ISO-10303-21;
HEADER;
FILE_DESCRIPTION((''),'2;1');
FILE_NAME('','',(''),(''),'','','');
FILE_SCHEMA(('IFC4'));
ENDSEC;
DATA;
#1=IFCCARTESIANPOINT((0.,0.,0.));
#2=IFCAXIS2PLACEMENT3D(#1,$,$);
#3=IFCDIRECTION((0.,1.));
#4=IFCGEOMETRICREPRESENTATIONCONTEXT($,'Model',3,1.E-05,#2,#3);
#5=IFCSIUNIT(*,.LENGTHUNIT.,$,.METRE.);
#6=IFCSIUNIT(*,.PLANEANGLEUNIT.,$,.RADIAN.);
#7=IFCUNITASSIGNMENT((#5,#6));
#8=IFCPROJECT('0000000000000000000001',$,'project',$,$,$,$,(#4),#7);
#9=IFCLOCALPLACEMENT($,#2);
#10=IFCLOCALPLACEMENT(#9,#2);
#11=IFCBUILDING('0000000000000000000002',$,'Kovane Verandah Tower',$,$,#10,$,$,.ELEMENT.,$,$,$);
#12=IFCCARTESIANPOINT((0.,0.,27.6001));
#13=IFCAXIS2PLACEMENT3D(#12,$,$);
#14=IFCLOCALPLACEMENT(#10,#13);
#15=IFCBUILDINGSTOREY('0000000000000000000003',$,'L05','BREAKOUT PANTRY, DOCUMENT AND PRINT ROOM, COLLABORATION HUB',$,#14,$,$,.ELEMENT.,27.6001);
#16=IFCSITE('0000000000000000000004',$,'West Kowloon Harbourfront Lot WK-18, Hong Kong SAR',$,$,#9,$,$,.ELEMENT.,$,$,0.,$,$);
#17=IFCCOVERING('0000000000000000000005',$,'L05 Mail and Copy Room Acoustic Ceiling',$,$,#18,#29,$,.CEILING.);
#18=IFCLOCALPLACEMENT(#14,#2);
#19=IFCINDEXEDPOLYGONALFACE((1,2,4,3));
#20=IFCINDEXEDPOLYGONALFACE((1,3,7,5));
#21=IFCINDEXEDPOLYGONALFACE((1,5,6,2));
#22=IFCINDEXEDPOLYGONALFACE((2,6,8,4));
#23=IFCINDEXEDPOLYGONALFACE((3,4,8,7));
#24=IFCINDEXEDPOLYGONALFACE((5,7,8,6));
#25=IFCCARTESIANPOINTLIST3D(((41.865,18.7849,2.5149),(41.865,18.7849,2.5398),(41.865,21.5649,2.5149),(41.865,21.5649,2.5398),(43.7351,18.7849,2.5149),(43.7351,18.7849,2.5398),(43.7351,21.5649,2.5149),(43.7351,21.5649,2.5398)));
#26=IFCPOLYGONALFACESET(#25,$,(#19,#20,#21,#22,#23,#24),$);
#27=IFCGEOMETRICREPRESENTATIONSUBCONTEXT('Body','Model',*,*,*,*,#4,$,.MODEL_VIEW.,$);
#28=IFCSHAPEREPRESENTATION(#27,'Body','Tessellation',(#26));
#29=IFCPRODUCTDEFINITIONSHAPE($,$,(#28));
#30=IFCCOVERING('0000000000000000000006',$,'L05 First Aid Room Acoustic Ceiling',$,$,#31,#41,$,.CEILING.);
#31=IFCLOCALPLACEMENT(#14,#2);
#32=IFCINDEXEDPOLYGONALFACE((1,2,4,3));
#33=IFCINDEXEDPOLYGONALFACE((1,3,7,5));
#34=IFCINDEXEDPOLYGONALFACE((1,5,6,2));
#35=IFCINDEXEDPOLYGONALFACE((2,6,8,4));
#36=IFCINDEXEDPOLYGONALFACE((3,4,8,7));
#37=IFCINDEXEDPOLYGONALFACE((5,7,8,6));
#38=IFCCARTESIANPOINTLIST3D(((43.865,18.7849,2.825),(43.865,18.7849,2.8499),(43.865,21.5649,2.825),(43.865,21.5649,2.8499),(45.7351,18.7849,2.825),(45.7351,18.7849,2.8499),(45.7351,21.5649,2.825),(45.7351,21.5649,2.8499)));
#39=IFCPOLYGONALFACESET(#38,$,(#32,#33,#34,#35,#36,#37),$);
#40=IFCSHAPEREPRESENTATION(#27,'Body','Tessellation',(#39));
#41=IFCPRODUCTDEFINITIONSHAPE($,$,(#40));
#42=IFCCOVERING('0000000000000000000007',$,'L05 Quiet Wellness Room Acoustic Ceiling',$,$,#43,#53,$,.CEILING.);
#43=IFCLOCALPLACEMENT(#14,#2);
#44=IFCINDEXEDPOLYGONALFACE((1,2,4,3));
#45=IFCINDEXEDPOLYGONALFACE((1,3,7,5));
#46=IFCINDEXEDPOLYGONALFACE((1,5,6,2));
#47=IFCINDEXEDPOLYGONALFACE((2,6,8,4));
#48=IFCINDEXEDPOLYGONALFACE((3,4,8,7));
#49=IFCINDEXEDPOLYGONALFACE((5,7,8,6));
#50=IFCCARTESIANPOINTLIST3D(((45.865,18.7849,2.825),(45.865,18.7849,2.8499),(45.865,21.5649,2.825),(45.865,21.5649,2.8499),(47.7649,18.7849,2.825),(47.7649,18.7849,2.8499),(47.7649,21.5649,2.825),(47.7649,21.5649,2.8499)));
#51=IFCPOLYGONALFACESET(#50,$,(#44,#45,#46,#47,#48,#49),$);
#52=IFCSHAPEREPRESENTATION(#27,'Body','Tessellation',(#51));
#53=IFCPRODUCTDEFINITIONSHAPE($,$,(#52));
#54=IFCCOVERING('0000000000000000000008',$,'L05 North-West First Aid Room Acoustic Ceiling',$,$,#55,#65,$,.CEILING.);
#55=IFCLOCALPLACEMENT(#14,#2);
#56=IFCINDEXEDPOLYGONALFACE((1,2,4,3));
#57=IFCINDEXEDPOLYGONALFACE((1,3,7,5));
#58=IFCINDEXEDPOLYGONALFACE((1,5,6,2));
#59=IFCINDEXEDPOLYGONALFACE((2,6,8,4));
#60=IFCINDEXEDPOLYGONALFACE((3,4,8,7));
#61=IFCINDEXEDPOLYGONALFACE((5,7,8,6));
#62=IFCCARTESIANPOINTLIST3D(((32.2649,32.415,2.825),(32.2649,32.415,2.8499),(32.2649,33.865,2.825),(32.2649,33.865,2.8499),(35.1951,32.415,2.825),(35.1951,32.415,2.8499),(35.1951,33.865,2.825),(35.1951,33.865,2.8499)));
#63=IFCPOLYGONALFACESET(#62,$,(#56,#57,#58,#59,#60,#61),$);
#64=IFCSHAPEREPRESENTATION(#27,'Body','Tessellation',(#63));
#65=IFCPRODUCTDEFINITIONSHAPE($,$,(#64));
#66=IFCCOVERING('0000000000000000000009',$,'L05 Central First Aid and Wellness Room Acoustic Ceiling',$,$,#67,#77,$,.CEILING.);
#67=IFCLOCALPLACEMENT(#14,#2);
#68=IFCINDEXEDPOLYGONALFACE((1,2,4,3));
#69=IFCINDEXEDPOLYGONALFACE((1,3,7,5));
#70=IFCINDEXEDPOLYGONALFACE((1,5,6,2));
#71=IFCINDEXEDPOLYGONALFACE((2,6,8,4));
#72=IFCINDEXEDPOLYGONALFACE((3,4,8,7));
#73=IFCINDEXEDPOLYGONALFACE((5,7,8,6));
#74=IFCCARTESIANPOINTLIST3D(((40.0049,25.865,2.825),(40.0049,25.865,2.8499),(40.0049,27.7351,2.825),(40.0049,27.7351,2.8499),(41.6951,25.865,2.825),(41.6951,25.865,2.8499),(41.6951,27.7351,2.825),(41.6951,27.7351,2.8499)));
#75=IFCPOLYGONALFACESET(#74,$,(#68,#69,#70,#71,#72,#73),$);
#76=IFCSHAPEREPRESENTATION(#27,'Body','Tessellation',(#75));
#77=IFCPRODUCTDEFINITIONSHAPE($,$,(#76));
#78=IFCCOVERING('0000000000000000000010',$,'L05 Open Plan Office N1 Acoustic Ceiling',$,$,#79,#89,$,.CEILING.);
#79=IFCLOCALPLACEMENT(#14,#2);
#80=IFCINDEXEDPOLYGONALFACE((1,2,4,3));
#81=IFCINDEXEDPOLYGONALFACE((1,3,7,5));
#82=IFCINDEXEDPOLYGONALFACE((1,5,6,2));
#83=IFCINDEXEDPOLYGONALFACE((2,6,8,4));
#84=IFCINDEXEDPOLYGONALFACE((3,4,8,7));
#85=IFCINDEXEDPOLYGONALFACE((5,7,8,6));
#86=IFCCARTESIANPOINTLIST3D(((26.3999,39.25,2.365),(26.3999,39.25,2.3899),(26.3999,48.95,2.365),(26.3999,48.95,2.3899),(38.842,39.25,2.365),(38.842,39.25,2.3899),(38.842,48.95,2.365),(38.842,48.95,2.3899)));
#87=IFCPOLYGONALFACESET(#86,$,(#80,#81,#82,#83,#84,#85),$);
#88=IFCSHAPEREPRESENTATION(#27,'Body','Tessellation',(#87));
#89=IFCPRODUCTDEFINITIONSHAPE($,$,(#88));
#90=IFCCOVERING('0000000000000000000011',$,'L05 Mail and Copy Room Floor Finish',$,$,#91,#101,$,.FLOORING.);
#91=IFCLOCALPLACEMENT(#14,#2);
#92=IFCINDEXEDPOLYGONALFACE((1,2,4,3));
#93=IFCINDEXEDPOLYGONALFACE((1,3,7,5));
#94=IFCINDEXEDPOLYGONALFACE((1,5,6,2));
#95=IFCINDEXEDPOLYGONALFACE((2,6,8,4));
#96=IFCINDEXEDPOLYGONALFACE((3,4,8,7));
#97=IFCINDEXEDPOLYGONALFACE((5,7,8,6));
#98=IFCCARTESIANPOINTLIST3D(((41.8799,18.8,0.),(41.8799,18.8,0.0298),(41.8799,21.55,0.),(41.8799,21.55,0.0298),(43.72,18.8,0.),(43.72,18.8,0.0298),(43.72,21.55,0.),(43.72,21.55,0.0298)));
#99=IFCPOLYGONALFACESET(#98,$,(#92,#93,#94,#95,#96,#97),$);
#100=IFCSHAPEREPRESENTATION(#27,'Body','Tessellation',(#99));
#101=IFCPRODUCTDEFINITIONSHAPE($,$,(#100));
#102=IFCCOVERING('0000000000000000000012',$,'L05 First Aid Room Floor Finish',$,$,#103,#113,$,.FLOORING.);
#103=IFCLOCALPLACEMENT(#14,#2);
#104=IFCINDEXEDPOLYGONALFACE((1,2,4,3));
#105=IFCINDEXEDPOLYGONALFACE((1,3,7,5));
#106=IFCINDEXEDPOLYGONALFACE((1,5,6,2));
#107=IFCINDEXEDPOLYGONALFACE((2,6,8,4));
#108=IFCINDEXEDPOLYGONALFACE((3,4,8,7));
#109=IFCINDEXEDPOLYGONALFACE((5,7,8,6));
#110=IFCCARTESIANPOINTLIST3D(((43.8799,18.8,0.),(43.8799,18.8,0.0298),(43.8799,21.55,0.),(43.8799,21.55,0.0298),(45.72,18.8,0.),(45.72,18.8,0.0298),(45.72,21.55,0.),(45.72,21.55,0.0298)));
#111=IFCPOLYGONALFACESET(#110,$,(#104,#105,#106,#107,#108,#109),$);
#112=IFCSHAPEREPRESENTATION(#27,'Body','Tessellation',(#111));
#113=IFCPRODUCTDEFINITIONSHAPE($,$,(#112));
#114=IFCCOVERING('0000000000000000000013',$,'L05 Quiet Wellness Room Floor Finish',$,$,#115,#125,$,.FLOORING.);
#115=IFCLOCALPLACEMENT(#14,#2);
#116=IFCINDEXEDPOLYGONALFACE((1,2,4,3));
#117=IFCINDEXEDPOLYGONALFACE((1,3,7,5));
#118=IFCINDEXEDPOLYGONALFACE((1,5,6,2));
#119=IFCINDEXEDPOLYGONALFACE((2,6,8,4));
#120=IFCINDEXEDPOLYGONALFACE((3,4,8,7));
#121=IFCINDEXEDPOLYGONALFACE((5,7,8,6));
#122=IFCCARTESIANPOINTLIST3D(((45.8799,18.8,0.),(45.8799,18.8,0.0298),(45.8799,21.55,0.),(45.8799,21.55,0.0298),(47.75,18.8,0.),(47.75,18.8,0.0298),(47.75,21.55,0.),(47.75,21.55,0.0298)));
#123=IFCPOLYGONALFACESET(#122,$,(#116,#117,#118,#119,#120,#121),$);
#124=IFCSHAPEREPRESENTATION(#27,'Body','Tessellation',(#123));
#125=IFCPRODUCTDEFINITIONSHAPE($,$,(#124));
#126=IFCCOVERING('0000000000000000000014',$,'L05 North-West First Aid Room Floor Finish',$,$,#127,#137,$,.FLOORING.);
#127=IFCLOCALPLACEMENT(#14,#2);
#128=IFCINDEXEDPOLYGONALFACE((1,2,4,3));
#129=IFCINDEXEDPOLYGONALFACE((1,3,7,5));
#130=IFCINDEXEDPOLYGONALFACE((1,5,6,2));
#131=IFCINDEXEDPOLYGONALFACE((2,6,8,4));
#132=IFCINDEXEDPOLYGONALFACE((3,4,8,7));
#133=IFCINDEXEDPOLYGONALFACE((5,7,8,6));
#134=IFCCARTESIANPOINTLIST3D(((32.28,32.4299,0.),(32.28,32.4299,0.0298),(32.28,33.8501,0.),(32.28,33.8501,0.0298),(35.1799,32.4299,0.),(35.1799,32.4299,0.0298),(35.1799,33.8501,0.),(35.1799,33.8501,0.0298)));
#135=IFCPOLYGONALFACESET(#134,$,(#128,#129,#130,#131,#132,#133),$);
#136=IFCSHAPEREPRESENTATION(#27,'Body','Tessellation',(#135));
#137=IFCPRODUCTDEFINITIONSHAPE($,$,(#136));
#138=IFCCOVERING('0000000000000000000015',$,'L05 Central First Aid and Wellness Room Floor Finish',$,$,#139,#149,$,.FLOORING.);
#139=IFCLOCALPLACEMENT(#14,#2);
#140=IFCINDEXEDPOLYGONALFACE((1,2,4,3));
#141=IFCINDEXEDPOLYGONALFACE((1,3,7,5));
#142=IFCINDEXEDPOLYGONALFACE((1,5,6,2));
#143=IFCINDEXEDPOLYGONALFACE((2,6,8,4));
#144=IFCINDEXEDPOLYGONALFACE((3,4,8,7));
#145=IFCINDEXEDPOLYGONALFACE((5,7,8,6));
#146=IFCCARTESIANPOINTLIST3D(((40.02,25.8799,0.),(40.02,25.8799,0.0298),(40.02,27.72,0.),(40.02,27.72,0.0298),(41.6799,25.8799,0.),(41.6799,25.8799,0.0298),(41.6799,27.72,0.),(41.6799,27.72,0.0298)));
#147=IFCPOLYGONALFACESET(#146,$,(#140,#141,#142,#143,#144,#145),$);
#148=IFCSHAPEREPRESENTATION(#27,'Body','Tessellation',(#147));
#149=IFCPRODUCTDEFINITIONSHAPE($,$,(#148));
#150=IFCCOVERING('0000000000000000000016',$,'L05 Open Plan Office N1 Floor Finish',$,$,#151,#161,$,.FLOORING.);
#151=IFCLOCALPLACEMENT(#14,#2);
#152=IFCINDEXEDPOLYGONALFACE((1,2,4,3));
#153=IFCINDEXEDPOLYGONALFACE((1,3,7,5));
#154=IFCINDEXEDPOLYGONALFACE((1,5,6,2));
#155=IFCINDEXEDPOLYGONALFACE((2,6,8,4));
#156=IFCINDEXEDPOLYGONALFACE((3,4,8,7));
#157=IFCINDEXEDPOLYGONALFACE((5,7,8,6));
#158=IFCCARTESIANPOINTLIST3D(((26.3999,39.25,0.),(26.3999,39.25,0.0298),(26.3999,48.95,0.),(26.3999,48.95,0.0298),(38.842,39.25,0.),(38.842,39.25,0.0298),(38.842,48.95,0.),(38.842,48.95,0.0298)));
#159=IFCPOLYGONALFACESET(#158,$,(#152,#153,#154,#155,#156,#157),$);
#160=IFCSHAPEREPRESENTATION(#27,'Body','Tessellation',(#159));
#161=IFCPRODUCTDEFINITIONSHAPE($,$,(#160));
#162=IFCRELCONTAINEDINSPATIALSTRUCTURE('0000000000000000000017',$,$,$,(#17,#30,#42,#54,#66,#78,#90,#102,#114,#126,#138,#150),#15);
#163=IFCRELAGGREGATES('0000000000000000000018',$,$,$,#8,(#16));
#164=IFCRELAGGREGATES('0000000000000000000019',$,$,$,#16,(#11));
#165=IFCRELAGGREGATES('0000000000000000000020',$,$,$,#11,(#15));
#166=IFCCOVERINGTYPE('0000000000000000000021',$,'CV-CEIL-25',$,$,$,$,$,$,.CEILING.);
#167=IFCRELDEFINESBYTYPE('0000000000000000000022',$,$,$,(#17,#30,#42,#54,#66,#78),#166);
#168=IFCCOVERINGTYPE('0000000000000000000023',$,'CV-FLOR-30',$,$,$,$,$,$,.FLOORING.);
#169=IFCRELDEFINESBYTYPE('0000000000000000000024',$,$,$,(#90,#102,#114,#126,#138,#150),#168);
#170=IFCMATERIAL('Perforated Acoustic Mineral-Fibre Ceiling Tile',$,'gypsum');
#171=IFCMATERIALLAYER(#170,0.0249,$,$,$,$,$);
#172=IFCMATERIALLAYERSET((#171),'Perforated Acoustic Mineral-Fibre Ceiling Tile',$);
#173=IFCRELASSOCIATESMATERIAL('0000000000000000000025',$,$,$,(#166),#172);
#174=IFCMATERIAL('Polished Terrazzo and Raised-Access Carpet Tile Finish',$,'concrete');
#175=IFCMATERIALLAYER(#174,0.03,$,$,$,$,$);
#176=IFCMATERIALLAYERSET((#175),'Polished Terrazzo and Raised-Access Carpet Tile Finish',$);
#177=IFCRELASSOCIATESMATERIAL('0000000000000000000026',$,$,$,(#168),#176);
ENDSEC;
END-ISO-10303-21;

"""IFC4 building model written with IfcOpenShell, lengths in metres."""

from ifc_helpers import new_model, si_unit, direction, frame, origin, place, context, subcontext, project, spatial, polyline, outline, extrude, material, layer, layer_set, type_object, element, save


model = new_model("IFC4")

# Units and contexts
model_context = context("Model", 3, precision=1e-05, world=origin(), true_north=direction((0.0, 1.0)))
body_context = subcontext(model_context, "Body", "Model", "MODEL_VIEW")
ifc_project = project(units=[si_unit("LENGTHUNIT", "METRE"), si_unit("PLANEANGLEUNIT", "RADIAN")], contexts=[model_context])

# Site, building, storey
site_placement = place(None, origin())
site = spatial("IfcSite", under=ifc_project, at=site_placement, Name="West Kowloon Harbourfront Lot WK-18, Hong Kong SAR", CompositionType="ELEMENT", RefElevation=0.0)
building_placement = place(site_placement, origin())
building = spatial("IfcBuilding", under=site, at=building_placement, Name="Kovane Verandah Tower", CompositionType="ELEMENT")
storey_placement = place(building_placement, frame((0.0, 0.0, 27.6001)))
storey = spatial("IfcBuildingStorey", under=building, at=storey_placement, Name="L05", Description="BREAKOUT PANTRY, DOCUMENT AND PRINT ROOM, COLLABORATION HUB", CompositionType="ELEMENT", Elevation=27.6001)

# Coverings
ifc_material_1 = material(Name="Perforated Acoustic Mineral-Fibre Ceiling Tile", Category="gypsum")
ifc_layer_1 = layer(ifc_material_1, 0.0249)
ifc_layer_set_1 = layer_set([ifc_layer_1], Name="Perforated Acoustic Mineral-Fibre Ceiling Tile")
covering_type_1 = type_object("IfcCoveringType", Name="CV-CEIL-25", PredefinedType="CEILING", material=ifc_layer_set_1)
covering_1_placement = place(storey_placement, frame((0.0, 0.0, 2.5149)))
element("IfcCovering", 1, at=covering_1_placement, inside=storey, type_object=covering_type_1, Name="L05 Mail and Copy Room Acoustic Ceiling", PredefinedType="CEILING", context=body_context, shape_type="SweptSolid", body=[
    extrude(outline(polyline([(41.865, 18.7849), (43.7351, 18.7849), (43.7351, 21.5649), (41.865, 21.5649), (41.865, 18.7849)])), origin(), (0.0, 0.0, 1.0), 0.0249),
])
covering_2_placement = place(storey_placement, frame((0.0, 0.0, 2.825)))
element("IfcCovering", 2, at=covering_2_placement, inside=storey, type_object=covering_type_1, Name="L05 First Aid Room Acoustic Ceiling", PredefinedType="CEILING", context=body_context, shape_type="SweptSolid", body=[
    extrude(outline(polyline([(43.865, 18.7849), (45.7351, 18.7849), (45.7351, 21.5649), (43.865, 21.5649), (43.865, 18.7849)])), origin(), (0.0, 0.0, 1.0), 0.0249),
])
covering_3_placement = place(storey_placement, frame((0.0, 0.0, 2.825)))
element("IfcCovering", 3, at=covering_3_placement, inside=storey, type_object=covering_type_1, Name="L05 Quiet Wellness Room Acoustic Ceiling", PredefinedType="CEILING", context=body_context, shape_type="SweptSolid", body=[
    extrude(outline(polyline([(45.865, 18.7849), (47.7649, 18.7849), (47.7649, 21.5649), (45.865, 21.5649), (45.865, 18.7849)])), origin(), (0.0, 0.0, 1.0), 0.0249),
])
covering_4_placement = place(storey_placement, frame((0.0, 0.0, 2.825)))
element("IfcCovering", 4, at=covering_4_placement, inside=storey, type_object=covering_type_1, Name="L05 North-West First Aid Room Acoustic Ceiling", PredefinedType="CEILING", context=body_context, shape_type="SweptSolid", body=[
    extrude(outline(polyline([(32.2649, 32.415), (35.1951, 32.415), (35.1951, 33.865), (32.2649, 33.865), (32.2649, 32.415)])), origin(), (0.0, 0.0, 1.0), 0.0249),
])
covering_5_placement = place(storey_placement, frame((0.0, 0.0, 2.825)))
element("IfcCovering", 5, at=covering_5_placement, inside=storey, type_object=covering_type_1, Name="L05 Central First Aid and Wellness Room Acoustic Ceiling", PredefinedType="CEILING", context=body_context, shape_type="SweptSolid", body=[
    extrude(outline(polyline([(40.0049, 25.865), (41.6951, 25.865), (41.6951, 27.7351), (40.0049, 27.7351), (40.0049, 25.865)])), origin(), (0.0, 0.0, 1.0), 0.0249),
])
covering_6_placement = place(storey_placement, frame((0.0, 0.0, 2.365)))
element("IfcCovering", 6, at=covering_6_placement, inside=storey, type_object=covering_type_1, Name="L05 Open Plan Office N1 Acoustic Ceiling", PredefinedType="CEILING", context=body_context, shape_type="SweptSolid", body=[
    extrude(outline(polyline([(26.3999, 39.25), (38.842, 39.25), (38.842, 48.95), (26.3999, 48.95), (26.3999, 39.25)])), origin(), (0.0, 0.0, 1.0), 0.0249),
])
ifc_material_2 = material(Name="Polished Terrazzo and Raised-Access Carpet Tile Finish", Category="concrete")
ifc_layer_2 = layer(ifc_material_2, 0.03)
ifc_layer_set_2 = layer_set([ifc_layer_2], Name="Polished Terrazzo and Raised-Access Carpet Tile Finish")
covering_type_2 = type_object("IfcCoveringType", Name="CV-FLOR-30", PredefinedType="FLOORING", material=ifc_layer_set_2)
covering_7_placement = place(storey_placement, origin())
element("IfcCovering", 7, at=covering_7_placement, inside=storey, type_object=covering_type_2, Name="L05 Mail and Copy Room Floor Finish", PredefinedType="FLOORING", context=body_context, shape_type="SweptSolid", body=[
    extrude(outline(polyline([(41.8799, 18.8), (43.72, 18.8), (43.72, 21.55), (41.8799, 21.55), (41.8799, 18.8)])), origin(), (0.0, 0.0, 1.0), 0.0298),
])
covering_8_placement = place(storey_placement, origin())
element("IfcCovering", 8, at=covering_8_placement, inside=storey, type_object=covering_type_2, Name="L05 First Aid Room Floor Finish", PredefinedType="FLOORING", context=body_context, shape_type="SweptSolid", body=[
    extrude(outline(polyline([(43.8799, 18.8), (45.72, 18.8), (45.72, 21.55), (43.8799, 21.55), (43.8799, 18.8)])), origin(), (0.0, 0.0, 1.0), 0.0298),
])
covering_9_placement = place(storey_placement, origin())
element("IfcCovering", 9, at=covering_9_placement, inside=storey, type_object=covering_type_2, Name="L05 Quiet Wellness Room Floor Finish", PredefinedType="FLOORING", context=body_context, shape_type="SweptSolid", body=[
    extrude(outline(polyline([(45.8799, 18.8), (47.75, 18.8), (47.75, 21.55), (45.8799, 21.55), (45.8799, 18.8)])), origin(), (0.0, 0.0, 1.0), 0.0298),
])
covering_10_placement = place(storey_placement, origin())
element("IfcCovering", 10, at=covering_10_placement, inside=storey, type_object=covering_type_2, Name="L05 North-West First Aid Room Floor Finish", PredefinedType="FLOORING", context=body_context, shape_type="SweptSolid", body=[
    extrude(outline(polyline([(32.28, 32.4299), (35.1799, 32.4299), (35.1799, 33.8501), (32.28, 33.8501), (32.28, 32.4299)])), origin(), (0.0, 0.0, 1.0), 0.0298),
])
covering_11_placement = place(storey_placement, origin())
element("IfcCovering", 11, at=covering_11_placement, inside=storey, type_object=covering_type_2, Name="L05 Central First Aid and Wellness Room Floor Finish", PredefinedType="FLOORING", context=body_context, shape_type="SweptSolid", body=[
    extrude(outline(polyline([(40.02, 25.8799), (41.6799, 25.8799), (41.6799, 27.72), (40.02, 27.72), (40.02, 25.8799)])), origin(), (0.0, 0.0, 1.0), 0.0298),
])
covering_12_placement = place(storey_placement, origin())
element("IfcCovering", 12, at=covering_12_placement, inside=storey, type_object=covering_type_2, Name="L05 Open Plan Office N1 Floor Finish", PredefinedType="FLOORING", context=body_context, shape_type="SweptSolid", body=[
    extrude(outline(polyline([(26.3999, 39.25), (38.842, 39.25), (38.842, 48.95), (26.3999, 48.95), (26.3999, 39.25)])), origin(), (0.0, 0.0, 1.0), 0.0298),
])

save(model, "model.ifc")
